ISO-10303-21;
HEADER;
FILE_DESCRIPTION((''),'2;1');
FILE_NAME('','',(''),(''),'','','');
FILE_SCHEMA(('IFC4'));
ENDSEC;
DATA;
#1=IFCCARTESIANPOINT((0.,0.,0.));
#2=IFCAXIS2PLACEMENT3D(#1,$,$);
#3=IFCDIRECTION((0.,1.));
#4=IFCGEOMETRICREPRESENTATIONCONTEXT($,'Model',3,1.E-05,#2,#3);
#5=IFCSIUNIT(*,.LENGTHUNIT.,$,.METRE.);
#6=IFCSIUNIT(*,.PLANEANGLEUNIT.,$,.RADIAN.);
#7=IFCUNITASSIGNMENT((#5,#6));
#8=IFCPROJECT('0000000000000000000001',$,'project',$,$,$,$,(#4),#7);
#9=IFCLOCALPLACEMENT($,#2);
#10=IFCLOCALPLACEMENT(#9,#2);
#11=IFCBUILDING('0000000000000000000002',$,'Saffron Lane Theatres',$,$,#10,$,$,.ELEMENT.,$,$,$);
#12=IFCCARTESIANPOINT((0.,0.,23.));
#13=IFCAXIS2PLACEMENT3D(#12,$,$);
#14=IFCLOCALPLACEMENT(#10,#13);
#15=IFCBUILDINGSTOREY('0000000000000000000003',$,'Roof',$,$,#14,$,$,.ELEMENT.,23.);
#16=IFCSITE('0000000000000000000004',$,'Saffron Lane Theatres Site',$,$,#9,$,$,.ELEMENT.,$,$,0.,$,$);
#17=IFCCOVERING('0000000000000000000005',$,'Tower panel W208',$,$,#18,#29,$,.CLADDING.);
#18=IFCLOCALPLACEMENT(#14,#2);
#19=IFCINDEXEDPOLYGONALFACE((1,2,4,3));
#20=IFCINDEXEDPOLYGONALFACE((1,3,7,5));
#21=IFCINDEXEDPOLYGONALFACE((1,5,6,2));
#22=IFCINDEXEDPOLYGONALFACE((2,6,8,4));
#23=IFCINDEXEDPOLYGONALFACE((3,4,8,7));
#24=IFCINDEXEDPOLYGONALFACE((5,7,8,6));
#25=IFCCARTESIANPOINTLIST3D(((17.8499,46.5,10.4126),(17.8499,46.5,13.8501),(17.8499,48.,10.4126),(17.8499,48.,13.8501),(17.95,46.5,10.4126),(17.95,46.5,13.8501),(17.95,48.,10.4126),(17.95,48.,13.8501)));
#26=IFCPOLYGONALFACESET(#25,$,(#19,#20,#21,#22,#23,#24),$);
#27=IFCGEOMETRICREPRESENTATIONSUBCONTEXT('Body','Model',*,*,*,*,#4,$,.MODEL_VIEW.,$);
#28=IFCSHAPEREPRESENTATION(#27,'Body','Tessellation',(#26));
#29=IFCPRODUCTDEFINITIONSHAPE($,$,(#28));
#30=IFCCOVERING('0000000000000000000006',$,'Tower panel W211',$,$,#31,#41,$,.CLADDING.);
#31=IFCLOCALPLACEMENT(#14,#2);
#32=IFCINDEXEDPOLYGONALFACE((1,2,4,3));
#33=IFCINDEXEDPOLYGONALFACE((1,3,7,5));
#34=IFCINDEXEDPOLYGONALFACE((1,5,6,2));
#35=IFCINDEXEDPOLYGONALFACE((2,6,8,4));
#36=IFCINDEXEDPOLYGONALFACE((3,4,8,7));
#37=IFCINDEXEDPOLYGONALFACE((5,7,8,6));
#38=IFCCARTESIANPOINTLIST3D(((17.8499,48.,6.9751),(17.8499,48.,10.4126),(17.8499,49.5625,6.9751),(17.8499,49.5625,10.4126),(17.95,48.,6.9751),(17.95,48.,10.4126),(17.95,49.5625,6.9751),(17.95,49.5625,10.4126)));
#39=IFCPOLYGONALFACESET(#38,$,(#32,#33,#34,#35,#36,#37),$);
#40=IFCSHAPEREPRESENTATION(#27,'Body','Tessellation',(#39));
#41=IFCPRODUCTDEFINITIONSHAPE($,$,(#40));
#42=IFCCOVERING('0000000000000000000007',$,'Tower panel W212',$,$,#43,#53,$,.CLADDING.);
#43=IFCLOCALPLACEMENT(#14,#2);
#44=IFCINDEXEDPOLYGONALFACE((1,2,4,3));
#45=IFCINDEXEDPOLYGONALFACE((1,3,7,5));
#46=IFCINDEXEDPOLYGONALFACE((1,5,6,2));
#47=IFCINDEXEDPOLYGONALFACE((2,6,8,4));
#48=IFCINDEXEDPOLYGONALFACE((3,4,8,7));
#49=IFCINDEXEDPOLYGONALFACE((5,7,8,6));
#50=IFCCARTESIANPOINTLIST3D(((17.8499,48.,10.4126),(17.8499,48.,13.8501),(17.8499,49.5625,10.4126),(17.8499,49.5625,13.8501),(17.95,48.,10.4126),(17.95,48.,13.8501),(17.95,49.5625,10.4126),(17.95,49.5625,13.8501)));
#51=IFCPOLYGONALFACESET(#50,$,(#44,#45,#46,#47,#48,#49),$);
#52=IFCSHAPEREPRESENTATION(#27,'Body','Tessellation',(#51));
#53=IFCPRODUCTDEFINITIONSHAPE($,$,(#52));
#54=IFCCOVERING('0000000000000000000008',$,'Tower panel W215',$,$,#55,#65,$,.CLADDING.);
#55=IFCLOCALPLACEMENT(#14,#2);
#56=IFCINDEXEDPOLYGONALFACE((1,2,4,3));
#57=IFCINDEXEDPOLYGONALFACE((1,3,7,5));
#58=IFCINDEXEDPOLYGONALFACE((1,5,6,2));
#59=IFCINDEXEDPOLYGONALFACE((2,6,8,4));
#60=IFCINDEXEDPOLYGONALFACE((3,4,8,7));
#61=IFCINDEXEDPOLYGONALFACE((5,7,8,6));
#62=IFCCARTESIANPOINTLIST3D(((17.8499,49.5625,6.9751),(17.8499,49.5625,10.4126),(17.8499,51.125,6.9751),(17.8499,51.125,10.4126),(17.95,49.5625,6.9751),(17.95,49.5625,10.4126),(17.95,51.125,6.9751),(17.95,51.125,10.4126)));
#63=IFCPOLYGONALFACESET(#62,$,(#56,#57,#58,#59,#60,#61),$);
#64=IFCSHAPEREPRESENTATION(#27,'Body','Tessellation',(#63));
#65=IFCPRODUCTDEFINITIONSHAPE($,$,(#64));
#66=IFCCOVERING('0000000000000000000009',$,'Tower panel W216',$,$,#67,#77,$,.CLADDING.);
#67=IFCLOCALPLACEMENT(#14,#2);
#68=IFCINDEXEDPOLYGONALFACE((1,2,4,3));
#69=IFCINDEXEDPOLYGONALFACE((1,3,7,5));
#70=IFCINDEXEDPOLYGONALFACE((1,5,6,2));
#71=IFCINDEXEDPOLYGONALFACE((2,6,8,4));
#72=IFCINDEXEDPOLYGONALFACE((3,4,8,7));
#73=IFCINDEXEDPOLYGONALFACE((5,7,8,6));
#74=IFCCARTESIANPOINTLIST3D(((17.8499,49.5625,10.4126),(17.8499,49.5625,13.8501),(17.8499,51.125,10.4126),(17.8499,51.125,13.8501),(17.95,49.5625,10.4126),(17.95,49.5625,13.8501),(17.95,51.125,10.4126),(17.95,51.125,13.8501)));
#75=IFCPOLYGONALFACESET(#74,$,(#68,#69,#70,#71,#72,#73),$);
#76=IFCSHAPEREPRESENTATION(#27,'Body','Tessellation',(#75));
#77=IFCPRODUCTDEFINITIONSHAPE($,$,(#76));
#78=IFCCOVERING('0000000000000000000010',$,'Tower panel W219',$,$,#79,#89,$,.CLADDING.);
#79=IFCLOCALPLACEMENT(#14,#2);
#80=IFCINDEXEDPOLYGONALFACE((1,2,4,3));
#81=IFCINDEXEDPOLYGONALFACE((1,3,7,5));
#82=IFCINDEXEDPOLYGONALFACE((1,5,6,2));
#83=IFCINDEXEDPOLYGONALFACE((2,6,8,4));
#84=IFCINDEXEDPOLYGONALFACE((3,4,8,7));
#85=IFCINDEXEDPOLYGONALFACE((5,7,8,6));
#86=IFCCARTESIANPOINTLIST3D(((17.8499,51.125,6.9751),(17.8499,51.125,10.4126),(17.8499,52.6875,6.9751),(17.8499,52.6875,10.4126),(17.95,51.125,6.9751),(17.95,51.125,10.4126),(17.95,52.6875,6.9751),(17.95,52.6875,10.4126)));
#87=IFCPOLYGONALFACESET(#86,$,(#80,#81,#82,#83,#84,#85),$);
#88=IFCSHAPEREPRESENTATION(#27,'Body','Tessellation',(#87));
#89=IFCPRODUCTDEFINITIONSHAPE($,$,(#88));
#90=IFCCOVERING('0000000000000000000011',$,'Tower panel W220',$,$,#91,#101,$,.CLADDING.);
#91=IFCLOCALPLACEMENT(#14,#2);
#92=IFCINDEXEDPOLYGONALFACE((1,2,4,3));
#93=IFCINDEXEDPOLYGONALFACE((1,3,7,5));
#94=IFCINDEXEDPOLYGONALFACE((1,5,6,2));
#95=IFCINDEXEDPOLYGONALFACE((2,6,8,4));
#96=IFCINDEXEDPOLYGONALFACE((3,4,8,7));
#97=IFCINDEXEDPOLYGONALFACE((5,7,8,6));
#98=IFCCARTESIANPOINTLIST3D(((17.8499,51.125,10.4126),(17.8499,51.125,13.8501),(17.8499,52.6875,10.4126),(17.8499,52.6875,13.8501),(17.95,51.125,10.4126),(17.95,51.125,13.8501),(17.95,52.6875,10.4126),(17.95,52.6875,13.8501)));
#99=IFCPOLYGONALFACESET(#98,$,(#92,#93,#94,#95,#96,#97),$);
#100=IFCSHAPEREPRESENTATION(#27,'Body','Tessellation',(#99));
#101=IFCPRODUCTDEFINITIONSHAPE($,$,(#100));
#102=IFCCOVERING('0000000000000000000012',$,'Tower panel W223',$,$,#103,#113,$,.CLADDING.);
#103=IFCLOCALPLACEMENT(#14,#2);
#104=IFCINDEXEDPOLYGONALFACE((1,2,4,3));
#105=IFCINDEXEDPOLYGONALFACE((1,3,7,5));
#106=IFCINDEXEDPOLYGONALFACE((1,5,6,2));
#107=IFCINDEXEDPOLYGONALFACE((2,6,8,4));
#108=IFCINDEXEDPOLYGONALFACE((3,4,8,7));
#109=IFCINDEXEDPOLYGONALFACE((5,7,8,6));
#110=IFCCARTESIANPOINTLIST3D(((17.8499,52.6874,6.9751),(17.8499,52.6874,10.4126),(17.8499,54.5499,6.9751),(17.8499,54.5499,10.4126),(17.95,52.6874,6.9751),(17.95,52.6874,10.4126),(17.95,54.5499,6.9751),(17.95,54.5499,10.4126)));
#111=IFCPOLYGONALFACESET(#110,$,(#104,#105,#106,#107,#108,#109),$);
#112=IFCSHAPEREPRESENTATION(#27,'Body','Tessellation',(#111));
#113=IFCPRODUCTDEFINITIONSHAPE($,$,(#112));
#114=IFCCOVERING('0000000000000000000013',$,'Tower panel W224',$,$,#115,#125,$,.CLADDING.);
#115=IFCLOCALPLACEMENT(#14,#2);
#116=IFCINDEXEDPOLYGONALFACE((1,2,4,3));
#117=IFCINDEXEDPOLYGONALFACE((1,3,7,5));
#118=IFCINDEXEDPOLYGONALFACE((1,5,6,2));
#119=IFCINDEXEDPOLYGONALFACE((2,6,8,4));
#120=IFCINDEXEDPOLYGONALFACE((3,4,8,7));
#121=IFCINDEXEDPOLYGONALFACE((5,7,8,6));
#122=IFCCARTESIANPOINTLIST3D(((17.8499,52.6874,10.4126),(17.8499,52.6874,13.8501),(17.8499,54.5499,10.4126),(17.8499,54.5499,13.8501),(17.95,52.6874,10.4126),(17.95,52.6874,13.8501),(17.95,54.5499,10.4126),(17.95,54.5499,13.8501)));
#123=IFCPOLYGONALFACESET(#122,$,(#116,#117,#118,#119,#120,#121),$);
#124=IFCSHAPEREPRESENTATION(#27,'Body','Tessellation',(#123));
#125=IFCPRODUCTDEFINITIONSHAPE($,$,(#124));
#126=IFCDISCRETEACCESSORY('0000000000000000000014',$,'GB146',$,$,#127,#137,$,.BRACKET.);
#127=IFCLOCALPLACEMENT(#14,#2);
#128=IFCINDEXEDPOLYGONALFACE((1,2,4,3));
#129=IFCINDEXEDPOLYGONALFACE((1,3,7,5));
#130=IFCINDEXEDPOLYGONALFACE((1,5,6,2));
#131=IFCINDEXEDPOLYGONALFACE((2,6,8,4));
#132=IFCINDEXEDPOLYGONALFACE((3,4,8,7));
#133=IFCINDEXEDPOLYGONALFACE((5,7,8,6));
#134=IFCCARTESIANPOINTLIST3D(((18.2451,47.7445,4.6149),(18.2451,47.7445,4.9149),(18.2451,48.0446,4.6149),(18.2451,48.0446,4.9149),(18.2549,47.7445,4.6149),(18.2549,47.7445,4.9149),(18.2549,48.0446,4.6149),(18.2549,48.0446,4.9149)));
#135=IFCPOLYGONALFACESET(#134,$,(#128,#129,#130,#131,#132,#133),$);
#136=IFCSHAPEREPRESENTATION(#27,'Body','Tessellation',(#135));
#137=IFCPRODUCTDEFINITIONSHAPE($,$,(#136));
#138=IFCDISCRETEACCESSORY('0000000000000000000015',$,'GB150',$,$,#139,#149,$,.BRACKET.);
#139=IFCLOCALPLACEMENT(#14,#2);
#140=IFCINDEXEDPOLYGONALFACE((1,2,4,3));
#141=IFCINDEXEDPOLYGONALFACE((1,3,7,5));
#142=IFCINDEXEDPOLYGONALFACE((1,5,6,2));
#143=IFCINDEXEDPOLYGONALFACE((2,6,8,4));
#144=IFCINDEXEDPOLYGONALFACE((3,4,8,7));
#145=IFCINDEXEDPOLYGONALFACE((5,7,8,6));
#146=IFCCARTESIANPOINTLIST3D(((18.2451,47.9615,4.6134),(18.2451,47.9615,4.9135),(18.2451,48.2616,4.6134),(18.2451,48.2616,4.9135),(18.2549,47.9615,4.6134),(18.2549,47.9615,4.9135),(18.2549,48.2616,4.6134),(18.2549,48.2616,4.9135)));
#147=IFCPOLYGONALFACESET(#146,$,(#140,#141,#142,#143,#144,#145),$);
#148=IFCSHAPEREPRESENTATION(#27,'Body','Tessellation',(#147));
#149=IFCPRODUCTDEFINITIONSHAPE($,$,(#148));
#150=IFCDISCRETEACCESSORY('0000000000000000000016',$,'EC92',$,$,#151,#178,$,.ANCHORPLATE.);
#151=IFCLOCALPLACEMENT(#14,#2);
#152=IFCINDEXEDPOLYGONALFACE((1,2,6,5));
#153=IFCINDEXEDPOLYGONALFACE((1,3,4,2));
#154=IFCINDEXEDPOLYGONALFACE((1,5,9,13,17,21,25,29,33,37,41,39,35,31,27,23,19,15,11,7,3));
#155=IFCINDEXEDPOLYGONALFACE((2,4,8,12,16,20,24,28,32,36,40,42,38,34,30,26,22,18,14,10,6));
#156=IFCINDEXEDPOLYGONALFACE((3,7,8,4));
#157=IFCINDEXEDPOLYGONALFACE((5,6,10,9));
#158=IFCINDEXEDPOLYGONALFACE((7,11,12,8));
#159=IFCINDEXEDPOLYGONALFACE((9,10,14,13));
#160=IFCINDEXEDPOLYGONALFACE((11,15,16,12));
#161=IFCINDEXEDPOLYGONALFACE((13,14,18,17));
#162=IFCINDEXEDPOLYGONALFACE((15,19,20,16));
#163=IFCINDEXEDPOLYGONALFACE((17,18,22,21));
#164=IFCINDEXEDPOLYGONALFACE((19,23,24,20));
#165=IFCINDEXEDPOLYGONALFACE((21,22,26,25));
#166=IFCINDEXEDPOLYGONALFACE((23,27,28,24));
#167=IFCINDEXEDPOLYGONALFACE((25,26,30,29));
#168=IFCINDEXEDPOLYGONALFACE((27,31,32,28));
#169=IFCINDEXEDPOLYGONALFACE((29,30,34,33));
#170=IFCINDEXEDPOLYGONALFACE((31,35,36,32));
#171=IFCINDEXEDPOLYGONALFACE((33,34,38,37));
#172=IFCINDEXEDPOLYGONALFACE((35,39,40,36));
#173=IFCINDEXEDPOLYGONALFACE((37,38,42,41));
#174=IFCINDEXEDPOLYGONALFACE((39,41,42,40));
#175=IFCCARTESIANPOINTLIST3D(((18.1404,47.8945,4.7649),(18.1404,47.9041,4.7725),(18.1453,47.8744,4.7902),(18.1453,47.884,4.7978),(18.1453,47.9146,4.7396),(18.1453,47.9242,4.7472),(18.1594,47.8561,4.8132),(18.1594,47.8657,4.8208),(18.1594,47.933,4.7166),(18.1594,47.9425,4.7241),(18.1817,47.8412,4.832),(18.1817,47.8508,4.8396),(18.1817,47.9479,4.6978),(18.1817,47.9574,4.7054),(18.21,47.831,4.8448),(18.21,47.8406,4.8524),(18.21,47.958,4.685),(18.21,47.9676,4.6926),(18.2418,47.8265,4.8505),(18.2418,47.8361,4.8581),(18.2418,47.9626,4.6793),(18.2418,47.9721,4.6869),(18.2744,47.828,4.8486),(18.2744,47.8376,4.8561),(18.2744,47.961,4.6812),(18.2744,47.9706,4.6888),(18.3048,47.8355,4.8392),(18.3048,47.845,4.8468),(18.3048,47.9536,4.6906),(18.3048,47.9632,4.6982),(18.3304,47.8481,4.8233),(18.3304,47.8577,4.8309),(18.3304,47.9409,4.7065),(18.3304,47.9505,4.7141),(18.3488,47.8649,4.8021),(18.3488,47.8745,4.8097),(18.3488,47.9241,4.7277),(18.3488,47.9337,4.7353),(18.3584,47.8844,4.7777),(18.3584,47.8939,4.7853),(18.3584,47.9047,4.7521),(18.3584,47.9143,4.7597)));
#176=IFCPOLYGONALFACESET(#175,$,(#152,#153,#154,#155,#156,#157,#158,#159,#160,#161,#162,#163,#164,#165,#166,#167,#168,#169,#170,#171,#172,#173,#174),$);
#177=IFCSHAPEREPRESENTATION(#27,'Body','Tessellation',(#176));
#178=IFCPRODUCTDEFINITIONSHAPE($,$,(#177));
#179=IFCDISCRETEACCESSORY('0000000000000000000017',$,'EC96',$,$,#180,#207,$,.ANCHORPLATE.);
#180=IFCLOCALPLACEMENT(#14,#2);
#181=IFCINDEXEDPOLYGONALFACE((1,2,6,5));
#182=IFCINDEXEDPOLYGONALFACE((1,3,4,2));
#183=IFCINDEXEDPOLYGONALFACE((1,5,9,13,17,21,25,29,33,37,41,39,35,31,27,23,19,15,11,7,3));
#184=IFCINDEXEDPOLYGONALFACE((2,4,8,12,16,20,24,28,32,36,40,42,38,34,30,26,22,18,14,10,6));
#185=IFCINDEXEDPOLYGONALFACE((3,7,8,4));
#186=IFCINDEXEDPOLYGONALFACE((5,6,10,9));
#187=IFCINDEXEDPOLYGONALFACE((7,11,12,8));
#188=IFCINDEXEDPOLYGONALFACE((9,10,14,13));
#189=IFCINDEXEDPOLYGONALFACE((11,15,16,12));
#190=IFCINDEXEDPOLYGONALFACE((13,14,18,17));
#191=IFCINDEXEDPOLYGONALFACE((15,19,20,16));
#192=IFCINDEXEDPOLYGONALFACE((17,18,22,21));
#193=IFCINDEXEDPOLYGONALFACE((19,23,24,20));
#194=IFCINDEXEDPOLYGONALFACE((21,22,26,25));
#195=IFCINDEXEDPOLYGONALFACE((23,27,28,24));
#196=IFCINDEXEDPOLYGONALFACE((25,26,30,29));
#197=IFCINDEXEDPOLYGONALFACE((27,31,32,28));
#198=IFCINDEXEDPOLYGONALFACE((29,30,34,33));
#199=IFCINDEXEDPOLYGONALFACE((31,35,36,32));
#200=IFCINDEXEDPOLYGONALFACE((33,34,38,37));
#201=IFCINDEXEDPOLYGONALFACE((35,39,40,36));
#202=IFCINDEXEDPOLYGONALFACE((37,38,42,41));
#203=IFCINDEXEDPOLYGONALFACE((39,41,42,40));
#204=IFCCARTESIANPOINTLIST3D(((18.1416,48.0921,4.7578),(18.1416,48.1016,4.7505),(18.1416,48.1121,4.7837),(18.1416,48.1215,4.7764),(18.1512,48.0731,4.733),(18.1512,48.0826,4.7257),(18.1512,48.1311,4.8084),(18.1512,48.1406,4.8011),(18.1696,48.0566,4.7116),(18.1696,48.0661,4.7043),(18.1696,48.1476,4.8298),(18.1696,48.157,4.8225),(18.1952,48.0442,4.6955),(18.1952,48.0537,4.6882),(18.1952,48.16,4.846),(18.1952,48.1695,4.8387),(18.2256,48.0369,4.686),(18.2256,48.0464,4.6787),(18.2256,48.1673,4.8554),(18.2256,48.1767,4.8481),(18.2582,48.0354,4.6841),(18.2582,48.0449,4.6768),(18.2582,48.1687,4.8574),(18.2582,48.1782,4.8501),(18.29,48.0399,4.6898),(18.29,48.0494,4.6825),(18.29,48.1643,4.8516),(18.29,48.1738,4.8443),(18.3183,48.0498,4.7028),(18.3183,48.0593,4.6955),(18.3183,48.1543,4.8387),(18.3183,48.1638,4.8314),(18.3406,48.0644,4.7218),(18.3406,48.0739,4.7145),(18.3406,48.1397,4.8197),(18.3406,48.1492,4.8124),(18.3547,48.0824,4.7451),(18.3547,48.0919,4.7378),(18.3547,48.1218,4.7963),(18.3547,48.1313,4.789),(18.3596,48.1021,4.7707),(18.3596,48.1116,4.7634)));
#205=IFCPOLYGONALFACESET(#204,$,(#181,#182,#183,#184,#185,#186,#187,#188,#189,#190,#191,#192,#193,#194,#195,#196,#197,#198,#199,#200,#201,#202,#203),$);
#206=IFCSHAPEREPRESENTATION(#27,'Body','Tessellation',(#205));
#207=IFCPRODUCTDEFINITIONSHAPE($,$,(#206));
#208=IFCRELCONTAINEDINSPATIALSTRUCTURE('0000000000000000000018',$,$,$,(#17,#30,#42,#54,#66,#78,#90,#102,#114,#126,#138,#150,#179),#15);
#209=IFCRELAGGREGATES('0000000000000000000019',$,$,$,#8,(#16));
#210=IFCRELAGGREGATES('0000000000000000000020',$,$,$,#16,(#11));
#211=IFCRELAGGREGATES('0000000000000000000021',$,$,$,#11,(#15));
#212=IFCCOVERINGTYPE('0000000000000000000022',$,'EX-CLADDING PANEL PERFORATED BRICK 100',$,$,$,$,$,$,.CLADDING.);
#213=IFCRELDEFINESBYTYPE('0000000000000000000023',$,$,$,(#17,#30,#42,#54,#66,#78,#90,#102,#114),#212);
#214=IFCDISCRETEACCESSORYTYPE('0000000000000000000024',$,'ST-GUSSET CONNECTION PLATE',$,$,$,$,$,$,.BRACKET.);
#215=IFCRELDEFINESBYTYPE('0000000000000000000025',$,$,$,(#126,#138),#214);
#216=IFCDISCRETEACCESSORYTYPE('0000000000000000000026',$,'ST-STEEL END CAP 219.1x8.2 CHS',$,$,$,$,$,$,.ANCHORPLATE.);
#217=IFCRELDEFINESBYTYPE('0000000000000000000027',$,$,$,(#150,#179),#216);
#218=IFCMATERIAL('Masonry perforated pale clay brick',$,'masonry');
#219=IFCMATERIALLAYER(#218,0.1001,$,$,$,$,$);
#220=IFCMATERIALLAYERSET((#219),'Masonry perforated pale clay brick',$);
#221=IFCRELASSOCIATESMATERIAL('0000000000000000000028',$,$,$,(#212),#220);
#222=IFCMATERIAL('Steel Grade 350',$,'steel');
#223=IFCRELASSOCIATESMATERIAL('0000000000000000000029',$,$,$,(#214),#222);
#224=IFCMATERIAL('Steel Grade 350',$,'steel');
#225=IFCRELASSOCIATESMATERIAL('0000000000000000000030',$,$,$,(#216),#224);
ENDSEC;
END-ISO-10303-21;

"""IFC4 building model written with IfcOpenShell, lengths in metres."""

from ifc_helpers import new_model, si_unit, direction, frame, origin, origin_2d, place, context, subcontext, project, spatial, rectangle, circle, extrude, material, layer, layer_set, material_profile, profile_set, type_object, element, save


model = new_model("IFC4")

# Units and contexts
model_context = context("Model", 3, precision=1e-05, world=origin(), true_north=direction((0.0, 1.0)))
body_context = subcontext(model_context, "Body", "Model", "MODEL_VIEW")
ifc_project = project(units=[si_unit("LENGTHUNIT", "METRE"), si_unit("PLANEANGLEUNIT", "RADIAN")], contexts=[model_context])

# Site, building, storey
site_placement = place(None, origin())
site = spatial("IfcSite", under=ifc_project, at=site_placement, Name="Saffron Lane Theatres Site", CompositionType="ELEMENT", RefElevation=0.0)
building_placement = place(site_placement, origin())
building = spatial("IfcBuilding", under=site, at=building_placement, Name="Saffron Lane Theatres", CompositionType="ELEMENT")
storey_placement = place(building_placement, frame((0.0, 0.0, 23.0)))
storey = spatial("IfcBuildingStorey", under=building, at=storey_placement, Name="Roof", CompositionType="ELEMENT", Elevation=23.0)

# Coverings
ifc_material_1 = material(Name="Masonry perforated pale clay brick", Category="masonry")
ifc_layer = layer(ifc_material_1, 0.1001)
ifc_layer_set = layer_set([ifc_layer], Name="Masonry perforated pale clay brick")
covering_type = type_object("IfcCoveringType", Name="EX-CLADDING PANEL PERFORATED BRICK 100", PredefinedType="CLADDING", material=ifc_layer_set)
for number, where, z_axis, x_axis, name in (
    (1, (17.8999, 47.25, 10.4126), (0.0, 0.0, 1.0), (0.0, 1.0, 0.0), "Tower panel W208"),
):
    element("IfcCovering", number, at=place(storey_placement, frame(where, z_axis=z_axis, x_axis=x_axis)), inside=storey, type_object=covering_type, Name=name, PredefinedType="CLADDING", context=body_context, shape_type="SweptSolid", body=[
        extrude(rectangle(XDim=1.5, YDim=0.1001, at=origin_2d()), origin(), (0.0, 0.0, 1.0), 3.4375),
    ])
for number, where, z_axis, x_axis, name in (
    (2, (17.8999, 48.7812, 6.9751), (0.0, 0.0, 1.0), (0.0, 1.0, 0.0), "Tower panel W211"),
    (3, (17.8999, 48.7812, 10.4126), (0.0, 0.0, 1.0), (0.0, 1.0, 0.0), "Tower panel W212"),
    (4, (17.8999, 50.3438, 6.9751), (0.0, 0.0, 1.0), (0.0, 1.0, 0.0), "Tower panel W215"),
    (5, (17.8999, 50.3438, 10.4126), (0.0, 0.0, 1.0), (0.0, 1.0, 0.0), "Tower panel W216"),
    (6, (17.8999, 51.9062, 6.9751), (0.0, 0.0, 1.0), (0.0, 1.0, 0.0), "Tower panel W219"),
    (7, (17.8999, 51.9062, 10.4126), (0.0, 0.0, 1.0), (0.0, 1.0, 0.0), "Tower panel W220"),
):
    element("IfcCovering", number, at=place(storey_placement, frame(where, z_axis=z_axis, x_axis=x_axis)), inside=storey, type_object=covering_type, Name=name, PredefinedType="CLADDING", context=body_context, shape_type="SweptSolid", body=[
        extrude(rectangle(XDim=1.5625, YDim=0.1001, at=origin_2d()), origin(), (0.0, 0.0, 1.0), 3.4375),
    ])
for number, where, z_axis, x_axis, name in (
    (8, (17.8999, 53.6187, 6.9751), (0.0, 0.0, 1.0), (0.0, 1.0, 0.0), "Tower panel W223"),
    (9, (17.8999, 53.6187, 10.4126), (0.0, 0.0, 1.0), (0.0, 1.0, 0.0), "Tower panel W224"),
):
    element("IfcCovering", number, at=place(storey_placement, frame(where, z_axis=z_axis, x_axis=x_axis)), inside=storey, type_object=covering_type, Name=name, PredefinedType="CLADDING", context=body_context, shape_type="SweptSolid", body=[
        extrude(rectangle(XDim=1.8625, YDim=0.1001, at=origin_2d()), origin(), (0.0, 0.0, 1.0), 3.4375),
    ])

# Discrete accessories
ifc_material_2 = material(Name="Steel Grade 350", Category="steel")
ifc_material_profile_1 = material_profile(ifc_material_2, rectangle(XDim=0.3, YDim=0.3, at=origin_2d()))
ifc_profile_set_1 = profile_set([ifc_material_profile_1], Name="Steel Grade 350")
discrete_accessory_type_1 = type_object("IfcDiscreteAccessoryType", Name="ST-GUSSET CONNECTION PLATE", PredefinedType="BRACKET", material=ifc_profile_set_1)
for number, where, z_axis, x_axis, name in (
    (10, (18.2451, 47.8945, 4.7649), (1.0, 0.0, 0.0), (0.0, 1.0, 0.0), "GB146"),
    (11, (18.2451, 48.1116, 4.7634), (1.0, 0.0, 0.0), (0.0, 1.0, 0.0), "GB150"),
):
    element("IfcDiscreteAccessory", number, at=place(storey_placement, frame(where, z_axis=z_axis, x_axis=x_axis)), inside=storey, type_object=discrete_accessory_type_1, Name=name, PredefinedType="BRACKET", context=body_context, shape_type="SweptSolid", body=[
        extrude(rectangle(XDim=0.3, YDim=0.3, at=origin_2d()), origin(), (0.0, 0.0, 1.0), 0.0098),
    ])
ifc_material_3 = material(Name="Steel Grade 350", Category="steel")
ifc_material_profile_2 = material_profile(ifc_material_3, circle(Radius=0.1096, at=origin_2d()))
ifc_profile_set_2 = profile_set([ifc_material_profile_2], Name="Steel Grade 350")
discrete_accessory_type_2 = type_object("IfcDiscreteAccessoryType", Name="ST-STEEL END CAP 219.1x8.2 CHS", PredefinedType="ANCHORPLATE", material=ifc_profile_set_2)
discrete_accessory_1_placement = place(storey_placement, frame((18.25, 47.8945, 4.7649), z_axis=(0.0, 0.782823, 0.622244), x_axis=(-1.0, 0.0, 0.0)))
element("IfcDiscreteAccessory", 12, at=discrete_accessory_1_placement, inside=storey, type_object=discrete_accessory_type_2, Name="EC92", PredefinedType="ANCHORPLATE", context=body_context, shape_type="SweptSolid", body=[
    extrude(circle(Radius=0.1096, at=origin_2d()), origin(), (0.0, 0.0, 1.0), 0.0122),
])
discrete_accessory_2_placement = place(storey_placement, frame((18.25, 48.1116, 4.7634), z_axis=(0.0, -0.792624, 0.609711), x_axis=(1.0, 0.0, 0.0)))
element("IfcDiscreteAccessory", 13, at=discrete_accessory_2_placement, inside=storey, type_object=discrete_accessory_type_2, Name="EC96", PredefinedType="ANCHORPLATE", context=body_context, shape_type="SweptSolid", body=[
    extrude(circle(Radius=0.1096, at=origin_2d()), origin(), (0.0, 0.0, 1.0), 0.012),
])

save(model, "model.ifc")
